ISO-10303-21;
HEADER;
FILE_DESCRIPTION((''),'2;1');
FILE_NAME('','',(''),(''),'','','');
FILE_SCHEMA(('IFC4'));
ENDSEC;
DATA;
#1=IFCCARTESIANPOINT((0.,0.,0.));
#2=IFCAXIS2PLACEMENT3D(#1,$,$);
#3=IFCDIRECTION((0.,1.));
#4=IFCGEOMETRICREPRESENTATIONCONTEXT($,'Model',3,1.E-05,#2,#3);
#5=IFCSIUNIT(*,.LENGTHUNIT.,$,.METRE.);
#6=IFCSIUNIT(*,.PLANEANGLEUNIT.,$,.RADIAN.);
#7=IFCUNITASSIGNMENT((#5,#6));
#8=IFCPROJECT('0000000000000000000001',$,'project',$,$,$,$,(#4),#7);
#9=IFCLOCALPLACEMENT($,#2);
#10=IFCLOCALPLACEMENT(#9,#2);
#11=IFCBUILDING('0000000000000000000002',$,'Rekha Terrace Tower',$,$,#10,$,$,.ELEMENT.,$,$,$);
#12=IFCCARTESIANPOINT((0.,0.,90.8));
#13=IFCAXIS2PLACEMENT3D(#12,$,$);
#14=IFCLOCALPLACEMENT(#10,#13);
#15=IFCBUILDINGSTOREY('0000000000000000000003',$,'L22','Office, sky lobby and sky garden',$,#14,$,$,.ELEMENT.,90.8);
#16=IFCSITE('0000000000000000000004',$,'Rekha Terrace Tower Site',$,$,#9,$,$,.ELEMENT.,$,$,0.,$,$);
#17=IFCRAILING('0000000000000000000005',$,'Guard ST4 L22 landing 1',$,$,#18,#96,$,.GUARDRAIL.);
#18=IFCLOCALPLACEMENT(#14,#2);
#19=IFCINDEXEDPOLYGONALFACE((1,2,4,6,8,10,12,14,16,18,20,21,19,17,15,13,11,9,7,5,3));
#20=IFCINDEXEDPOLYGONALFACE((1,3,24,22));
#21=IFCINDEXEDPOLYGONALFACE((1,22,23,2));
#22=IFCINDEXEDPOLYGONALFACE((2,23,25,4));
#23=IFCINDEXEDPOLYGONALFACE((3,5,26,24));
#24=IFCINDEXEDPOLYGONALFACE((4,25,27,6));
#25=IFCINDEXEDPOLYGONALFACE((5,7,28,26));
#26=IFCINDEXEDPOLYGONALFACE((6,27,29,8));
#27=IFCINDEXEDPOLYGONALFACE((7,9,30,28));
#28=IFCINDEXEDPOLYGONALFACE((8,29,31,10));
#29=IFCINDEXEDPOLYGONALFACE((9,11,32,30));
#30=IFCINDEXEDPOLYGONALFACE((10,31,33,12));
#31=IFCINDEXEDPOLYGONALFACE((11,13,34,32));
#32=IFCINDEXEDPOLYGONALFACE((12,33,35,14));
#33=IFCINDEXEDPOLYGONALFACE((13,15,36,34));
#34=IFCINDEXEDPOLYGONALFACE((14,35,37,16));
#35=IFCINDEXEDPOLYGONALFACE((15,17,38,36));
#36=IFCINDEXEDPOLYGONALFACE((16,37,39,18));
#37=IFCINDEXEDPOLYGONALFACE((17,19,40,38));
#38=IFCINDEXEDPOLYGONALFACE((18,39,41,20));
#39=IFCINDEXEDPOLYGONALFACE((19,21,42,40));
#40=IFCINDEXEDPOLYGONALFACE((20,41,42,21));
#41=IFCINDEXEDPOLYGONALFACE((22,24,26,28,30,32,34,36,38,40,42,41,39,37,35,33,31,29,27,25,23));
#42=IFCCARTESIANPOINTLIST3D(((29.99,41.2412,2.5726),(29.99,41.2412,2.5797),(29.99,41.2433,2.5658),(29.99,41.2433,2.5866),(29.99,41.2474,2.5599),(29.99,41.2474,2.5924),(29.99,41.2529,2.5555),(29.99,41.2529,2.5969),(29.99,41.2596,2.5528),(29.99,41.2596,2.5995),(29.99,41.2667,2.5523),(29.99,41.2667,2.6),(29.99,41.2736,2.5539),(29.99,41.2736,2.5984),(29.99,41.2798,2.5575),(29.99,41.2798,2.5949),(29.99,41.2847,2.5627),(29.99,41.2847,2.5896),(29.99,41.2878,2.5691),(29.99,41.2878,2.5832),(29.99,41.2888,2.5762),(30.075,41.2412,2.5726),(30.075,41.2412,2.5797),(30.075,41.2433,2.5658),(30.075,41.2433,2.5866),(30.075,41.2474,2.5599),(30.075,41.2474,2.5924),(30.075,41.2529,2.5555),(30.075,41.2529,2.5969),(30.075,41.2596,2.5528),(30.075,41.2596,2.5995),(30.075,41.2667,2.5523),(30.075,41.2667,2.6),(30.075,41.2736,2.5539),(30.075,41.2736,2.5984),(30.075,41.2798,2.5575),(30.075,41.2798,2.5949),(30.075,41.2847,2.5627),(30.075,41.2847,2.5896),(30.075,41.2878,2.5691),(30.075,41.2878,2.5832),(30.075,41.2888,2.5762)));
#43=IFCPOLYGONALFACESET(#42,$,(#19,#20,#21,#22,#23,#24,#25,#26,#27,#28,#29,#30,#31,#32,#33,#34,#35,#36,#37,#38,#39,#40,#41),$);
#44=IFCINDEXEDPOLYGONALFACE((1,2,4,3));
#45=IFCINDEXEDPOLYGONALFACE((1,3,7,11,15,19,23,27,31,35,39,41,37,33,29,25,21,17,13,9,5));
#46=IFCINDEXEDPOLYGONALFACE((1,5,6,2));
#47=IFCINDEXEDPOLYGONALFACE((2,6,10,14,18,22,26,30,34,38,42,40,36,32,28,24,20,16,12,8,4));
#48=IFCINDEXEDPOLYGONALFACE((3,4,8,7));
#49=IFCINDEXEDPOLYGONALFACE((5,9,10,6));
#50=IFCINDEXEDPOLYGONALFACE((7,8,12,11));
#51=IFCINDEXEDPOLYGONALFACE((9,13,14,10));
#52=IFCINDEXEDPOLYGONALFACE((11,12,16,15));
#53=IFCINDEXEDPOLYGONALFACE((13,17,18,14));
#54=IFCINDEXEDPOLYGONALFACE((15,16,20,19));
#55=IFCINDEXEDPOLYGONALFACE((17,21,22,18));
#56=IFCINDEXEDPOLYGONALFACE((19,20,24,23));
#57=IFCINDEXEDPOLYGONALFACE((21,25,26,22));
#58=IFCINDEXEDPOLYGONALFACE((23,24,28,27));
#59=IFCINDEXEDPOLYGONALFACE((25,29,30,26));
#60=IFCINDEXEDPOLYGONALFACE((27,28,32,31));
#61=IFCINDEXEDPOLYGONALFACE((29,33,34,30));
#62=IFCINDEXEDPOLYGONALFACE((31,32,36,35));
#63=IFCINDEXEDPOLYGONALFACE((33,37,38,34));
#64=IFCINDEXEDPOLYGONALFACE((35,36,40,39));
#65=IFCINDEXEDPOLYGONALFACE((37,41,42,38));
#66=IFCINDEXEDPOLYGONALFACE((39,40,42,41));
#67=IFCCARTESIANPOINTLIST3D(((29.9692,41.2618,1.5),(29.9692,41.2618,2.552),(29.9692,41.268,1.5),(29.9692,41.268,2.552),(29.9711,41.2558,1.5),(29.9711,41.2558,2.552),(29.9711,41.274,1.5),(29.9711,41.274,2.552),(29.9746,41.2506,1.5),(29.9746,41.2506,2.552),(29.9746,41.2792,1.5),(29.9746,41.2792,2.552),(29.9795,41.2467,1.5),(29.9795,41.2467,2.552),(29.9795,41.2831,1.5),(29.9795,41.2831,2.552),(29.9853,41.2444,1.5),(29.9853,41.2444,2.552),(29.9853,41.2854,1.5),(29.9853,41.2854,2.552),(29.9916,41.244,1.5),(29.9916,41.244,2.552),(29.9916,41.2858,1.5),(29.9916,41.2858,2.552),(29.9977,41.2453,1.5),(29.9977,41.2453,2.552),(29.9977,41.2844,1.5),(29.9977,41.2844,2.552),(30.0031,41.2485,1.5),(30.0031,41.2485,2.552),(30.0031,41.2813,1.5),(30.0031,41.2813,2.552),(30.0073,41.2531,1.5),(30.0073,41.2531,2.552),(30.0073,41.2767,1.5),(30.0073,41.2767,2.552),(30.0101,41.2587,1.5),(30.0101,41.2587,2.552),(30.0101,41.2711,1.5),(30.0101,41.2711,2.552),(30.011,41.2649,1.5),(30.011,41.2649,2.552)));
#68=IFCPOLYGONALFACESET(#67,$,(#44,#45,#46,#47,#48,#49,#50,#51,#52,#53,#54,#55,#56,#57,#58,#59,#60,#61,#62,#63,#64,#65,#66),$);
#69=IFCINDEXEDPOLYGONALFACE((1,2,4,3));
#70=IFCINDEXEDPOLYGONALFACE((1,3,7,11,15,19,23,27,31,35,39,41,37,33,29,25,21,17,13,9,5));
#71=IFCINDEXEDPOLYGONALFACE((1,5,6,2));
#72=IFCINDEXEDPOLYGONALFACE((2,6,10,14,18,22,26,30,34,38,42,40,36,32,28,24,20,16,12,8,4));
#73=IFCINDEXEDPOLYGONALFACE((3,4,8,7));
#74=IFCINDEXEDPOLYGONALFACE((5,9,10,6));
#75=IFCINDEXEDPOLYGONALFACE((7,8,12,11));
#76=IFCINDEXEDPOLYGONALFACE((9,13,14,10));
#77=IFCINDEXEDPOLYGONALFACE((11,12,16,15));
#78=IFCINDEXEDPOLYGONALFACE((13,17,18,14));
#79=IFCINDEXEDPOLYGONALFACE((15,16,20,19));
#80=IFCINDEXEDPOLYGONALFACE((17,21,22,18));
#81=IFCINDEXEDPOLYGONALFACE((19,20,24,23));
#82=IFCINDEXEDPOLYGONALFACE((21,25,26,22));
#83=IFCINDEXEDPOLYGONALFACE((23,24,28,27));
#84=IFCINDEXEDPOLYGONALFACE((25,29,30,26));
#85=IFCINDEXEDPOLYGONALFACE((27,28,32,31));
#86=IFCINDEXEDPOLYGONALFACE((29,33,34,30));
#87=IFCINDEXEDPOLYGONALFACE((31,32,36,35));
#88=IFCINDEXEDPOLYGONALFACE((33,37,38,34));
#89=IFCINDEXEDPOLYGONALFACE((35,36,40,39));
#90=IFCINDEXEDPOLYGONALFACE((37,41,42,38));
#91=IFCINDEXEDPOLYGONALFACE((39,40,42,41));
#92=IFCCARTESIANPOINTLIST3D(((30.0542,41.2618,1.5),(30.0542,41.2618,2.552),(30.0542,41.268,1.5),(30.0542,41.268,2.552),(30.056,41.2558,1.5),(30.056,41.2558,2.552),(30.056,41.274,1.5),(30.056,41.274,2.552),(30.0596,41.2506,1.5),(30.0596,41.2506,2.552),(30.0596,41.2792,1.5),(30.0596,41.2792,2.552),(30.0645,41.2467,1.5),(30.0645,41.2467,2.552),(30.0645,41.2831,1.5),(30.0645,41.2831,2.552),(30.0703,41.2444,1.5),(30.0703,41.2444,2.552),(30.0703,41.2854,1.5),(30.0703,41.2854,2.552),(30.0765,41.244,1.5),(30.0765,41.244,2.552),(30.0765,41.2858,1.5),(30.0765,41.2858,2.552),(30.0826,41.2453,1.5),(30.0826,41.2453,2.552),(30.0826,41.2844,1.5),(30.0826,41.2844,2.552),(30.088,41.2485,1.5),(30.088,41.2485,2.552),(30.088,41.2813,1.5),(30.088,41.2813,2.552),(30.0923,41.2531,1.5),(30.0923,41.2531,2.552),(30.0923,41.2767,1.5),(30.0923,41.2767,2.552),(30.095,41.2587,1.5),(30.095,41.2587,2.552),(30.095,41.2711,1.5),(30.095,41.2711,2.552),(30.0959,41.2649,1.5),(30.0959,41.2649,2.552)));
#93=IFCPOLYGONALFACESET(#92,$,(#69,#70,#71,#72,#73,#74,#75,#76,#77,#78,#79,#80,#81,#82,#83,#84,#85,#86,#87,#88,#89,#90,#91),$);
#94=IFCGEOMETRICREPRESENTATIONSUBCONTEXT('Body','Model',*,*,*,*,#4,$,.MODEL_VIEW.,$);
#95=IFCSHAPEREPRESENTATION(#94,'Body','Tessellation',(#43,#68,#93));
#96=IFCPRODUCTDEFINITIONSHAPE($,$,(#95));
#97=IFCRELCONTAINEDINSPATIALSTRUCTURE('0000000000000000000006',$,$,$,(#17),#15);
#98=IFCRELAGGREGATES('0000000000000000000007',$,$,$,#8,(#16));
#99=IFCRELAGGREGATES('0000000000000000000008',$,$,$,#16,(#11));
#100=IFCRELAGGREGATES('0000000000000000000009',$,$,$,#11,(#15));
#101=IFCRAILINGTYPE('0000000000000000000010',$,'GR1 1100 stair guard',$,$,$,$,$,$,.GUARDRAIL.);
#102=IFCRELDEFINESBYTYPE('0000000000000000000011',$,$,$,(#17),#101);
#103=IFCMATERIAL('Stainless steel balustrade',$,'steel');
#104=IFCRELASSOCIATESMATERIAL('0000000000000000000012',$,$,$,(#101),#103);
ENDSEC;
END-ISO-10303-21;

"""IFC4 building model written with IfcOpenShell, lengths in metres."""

from ifc_helpers import new_model, si_unit, direction, frame, origin, origin_2d, place, context, subcontext, project, spatial, circle, extrude, material, type_object, element, save


model = new_model("IFC4")

# Units and contexts
model_context = context("Model", 3, precision=1e-05, world=origin(), true_north=direction((0.0, 1.0)))
body_context = subcontext(model_context, "Body", "Model", "MODEL_VIEW")
ifc_project = project(units=[si_unit("LENGTHUNIT", "METRE"), si_unit("PLANEANGLEUNIT", "RADIAN")], contexts=[model_context])

# Site, building, storey
site_placement = place(None, origin())
site = spatial("IfcSite", under=ifc_project, at=site_placement, Name="Rekha Terrace Tower Site", CompositionType="ELEMENT", RefElevation=0.0)
building_placement = place(site_placement, origin())
building = spatial("IfcBuilding", under=site, at=building_placement, Name="Rekha Terrace Tower", CompositionType="ELEMENT")
storey_placement = place(building_placement, frame((0.0, 0.0, 90.8)))
storey = spatial("IfcBuildingStorey", under=building, at=storey_placement, Name="L22", Description="Office, sky lobby and sky garden", CompositionType="ELEMENT", Elevation=90.8)

# Railing
ifc_material_1 = material(Name="Stainless steel balustrade", Category="steel")
railing_type_1 = type_object("IfcRailingType", Name="GR1 1100 stair guard", PredefinedType="GUARDRAIL", material=ifc_material_1)
railing_1_placement = place(storey_placement, frame((29.99, 41.2649, 1.5)))
element("IfcRailing", 1, at=railing_1_placement, inside=storey, type_object=railing_type_1, Name="Guard ST4 L22 landing 1", PredefinedType="GUARDRAIL", context=body_context, shape_type="SweptSolid", body=[
    extrude(circle(Radius=0.0239, at=origin_2d()), frame((0.0, 0.0, 1.0762), z_axis=(1.0, 0.0, 0.0), x_axis=(0.0, 1.0, 0.0)), (0.0, 0.0, 1.0), 0.085),
    extrude(circle(Radius=0.021, at=origin_2d()), origin(), (0.0, 0.0, 1.0), 1.052),
    extrude(circle(Radius=0.021, at=origin_2d()), frame((0.085, 0.0, 0.0)), (0.0, 0.0, 1.0), 1.052),
])

save(model, "model.ifc")
